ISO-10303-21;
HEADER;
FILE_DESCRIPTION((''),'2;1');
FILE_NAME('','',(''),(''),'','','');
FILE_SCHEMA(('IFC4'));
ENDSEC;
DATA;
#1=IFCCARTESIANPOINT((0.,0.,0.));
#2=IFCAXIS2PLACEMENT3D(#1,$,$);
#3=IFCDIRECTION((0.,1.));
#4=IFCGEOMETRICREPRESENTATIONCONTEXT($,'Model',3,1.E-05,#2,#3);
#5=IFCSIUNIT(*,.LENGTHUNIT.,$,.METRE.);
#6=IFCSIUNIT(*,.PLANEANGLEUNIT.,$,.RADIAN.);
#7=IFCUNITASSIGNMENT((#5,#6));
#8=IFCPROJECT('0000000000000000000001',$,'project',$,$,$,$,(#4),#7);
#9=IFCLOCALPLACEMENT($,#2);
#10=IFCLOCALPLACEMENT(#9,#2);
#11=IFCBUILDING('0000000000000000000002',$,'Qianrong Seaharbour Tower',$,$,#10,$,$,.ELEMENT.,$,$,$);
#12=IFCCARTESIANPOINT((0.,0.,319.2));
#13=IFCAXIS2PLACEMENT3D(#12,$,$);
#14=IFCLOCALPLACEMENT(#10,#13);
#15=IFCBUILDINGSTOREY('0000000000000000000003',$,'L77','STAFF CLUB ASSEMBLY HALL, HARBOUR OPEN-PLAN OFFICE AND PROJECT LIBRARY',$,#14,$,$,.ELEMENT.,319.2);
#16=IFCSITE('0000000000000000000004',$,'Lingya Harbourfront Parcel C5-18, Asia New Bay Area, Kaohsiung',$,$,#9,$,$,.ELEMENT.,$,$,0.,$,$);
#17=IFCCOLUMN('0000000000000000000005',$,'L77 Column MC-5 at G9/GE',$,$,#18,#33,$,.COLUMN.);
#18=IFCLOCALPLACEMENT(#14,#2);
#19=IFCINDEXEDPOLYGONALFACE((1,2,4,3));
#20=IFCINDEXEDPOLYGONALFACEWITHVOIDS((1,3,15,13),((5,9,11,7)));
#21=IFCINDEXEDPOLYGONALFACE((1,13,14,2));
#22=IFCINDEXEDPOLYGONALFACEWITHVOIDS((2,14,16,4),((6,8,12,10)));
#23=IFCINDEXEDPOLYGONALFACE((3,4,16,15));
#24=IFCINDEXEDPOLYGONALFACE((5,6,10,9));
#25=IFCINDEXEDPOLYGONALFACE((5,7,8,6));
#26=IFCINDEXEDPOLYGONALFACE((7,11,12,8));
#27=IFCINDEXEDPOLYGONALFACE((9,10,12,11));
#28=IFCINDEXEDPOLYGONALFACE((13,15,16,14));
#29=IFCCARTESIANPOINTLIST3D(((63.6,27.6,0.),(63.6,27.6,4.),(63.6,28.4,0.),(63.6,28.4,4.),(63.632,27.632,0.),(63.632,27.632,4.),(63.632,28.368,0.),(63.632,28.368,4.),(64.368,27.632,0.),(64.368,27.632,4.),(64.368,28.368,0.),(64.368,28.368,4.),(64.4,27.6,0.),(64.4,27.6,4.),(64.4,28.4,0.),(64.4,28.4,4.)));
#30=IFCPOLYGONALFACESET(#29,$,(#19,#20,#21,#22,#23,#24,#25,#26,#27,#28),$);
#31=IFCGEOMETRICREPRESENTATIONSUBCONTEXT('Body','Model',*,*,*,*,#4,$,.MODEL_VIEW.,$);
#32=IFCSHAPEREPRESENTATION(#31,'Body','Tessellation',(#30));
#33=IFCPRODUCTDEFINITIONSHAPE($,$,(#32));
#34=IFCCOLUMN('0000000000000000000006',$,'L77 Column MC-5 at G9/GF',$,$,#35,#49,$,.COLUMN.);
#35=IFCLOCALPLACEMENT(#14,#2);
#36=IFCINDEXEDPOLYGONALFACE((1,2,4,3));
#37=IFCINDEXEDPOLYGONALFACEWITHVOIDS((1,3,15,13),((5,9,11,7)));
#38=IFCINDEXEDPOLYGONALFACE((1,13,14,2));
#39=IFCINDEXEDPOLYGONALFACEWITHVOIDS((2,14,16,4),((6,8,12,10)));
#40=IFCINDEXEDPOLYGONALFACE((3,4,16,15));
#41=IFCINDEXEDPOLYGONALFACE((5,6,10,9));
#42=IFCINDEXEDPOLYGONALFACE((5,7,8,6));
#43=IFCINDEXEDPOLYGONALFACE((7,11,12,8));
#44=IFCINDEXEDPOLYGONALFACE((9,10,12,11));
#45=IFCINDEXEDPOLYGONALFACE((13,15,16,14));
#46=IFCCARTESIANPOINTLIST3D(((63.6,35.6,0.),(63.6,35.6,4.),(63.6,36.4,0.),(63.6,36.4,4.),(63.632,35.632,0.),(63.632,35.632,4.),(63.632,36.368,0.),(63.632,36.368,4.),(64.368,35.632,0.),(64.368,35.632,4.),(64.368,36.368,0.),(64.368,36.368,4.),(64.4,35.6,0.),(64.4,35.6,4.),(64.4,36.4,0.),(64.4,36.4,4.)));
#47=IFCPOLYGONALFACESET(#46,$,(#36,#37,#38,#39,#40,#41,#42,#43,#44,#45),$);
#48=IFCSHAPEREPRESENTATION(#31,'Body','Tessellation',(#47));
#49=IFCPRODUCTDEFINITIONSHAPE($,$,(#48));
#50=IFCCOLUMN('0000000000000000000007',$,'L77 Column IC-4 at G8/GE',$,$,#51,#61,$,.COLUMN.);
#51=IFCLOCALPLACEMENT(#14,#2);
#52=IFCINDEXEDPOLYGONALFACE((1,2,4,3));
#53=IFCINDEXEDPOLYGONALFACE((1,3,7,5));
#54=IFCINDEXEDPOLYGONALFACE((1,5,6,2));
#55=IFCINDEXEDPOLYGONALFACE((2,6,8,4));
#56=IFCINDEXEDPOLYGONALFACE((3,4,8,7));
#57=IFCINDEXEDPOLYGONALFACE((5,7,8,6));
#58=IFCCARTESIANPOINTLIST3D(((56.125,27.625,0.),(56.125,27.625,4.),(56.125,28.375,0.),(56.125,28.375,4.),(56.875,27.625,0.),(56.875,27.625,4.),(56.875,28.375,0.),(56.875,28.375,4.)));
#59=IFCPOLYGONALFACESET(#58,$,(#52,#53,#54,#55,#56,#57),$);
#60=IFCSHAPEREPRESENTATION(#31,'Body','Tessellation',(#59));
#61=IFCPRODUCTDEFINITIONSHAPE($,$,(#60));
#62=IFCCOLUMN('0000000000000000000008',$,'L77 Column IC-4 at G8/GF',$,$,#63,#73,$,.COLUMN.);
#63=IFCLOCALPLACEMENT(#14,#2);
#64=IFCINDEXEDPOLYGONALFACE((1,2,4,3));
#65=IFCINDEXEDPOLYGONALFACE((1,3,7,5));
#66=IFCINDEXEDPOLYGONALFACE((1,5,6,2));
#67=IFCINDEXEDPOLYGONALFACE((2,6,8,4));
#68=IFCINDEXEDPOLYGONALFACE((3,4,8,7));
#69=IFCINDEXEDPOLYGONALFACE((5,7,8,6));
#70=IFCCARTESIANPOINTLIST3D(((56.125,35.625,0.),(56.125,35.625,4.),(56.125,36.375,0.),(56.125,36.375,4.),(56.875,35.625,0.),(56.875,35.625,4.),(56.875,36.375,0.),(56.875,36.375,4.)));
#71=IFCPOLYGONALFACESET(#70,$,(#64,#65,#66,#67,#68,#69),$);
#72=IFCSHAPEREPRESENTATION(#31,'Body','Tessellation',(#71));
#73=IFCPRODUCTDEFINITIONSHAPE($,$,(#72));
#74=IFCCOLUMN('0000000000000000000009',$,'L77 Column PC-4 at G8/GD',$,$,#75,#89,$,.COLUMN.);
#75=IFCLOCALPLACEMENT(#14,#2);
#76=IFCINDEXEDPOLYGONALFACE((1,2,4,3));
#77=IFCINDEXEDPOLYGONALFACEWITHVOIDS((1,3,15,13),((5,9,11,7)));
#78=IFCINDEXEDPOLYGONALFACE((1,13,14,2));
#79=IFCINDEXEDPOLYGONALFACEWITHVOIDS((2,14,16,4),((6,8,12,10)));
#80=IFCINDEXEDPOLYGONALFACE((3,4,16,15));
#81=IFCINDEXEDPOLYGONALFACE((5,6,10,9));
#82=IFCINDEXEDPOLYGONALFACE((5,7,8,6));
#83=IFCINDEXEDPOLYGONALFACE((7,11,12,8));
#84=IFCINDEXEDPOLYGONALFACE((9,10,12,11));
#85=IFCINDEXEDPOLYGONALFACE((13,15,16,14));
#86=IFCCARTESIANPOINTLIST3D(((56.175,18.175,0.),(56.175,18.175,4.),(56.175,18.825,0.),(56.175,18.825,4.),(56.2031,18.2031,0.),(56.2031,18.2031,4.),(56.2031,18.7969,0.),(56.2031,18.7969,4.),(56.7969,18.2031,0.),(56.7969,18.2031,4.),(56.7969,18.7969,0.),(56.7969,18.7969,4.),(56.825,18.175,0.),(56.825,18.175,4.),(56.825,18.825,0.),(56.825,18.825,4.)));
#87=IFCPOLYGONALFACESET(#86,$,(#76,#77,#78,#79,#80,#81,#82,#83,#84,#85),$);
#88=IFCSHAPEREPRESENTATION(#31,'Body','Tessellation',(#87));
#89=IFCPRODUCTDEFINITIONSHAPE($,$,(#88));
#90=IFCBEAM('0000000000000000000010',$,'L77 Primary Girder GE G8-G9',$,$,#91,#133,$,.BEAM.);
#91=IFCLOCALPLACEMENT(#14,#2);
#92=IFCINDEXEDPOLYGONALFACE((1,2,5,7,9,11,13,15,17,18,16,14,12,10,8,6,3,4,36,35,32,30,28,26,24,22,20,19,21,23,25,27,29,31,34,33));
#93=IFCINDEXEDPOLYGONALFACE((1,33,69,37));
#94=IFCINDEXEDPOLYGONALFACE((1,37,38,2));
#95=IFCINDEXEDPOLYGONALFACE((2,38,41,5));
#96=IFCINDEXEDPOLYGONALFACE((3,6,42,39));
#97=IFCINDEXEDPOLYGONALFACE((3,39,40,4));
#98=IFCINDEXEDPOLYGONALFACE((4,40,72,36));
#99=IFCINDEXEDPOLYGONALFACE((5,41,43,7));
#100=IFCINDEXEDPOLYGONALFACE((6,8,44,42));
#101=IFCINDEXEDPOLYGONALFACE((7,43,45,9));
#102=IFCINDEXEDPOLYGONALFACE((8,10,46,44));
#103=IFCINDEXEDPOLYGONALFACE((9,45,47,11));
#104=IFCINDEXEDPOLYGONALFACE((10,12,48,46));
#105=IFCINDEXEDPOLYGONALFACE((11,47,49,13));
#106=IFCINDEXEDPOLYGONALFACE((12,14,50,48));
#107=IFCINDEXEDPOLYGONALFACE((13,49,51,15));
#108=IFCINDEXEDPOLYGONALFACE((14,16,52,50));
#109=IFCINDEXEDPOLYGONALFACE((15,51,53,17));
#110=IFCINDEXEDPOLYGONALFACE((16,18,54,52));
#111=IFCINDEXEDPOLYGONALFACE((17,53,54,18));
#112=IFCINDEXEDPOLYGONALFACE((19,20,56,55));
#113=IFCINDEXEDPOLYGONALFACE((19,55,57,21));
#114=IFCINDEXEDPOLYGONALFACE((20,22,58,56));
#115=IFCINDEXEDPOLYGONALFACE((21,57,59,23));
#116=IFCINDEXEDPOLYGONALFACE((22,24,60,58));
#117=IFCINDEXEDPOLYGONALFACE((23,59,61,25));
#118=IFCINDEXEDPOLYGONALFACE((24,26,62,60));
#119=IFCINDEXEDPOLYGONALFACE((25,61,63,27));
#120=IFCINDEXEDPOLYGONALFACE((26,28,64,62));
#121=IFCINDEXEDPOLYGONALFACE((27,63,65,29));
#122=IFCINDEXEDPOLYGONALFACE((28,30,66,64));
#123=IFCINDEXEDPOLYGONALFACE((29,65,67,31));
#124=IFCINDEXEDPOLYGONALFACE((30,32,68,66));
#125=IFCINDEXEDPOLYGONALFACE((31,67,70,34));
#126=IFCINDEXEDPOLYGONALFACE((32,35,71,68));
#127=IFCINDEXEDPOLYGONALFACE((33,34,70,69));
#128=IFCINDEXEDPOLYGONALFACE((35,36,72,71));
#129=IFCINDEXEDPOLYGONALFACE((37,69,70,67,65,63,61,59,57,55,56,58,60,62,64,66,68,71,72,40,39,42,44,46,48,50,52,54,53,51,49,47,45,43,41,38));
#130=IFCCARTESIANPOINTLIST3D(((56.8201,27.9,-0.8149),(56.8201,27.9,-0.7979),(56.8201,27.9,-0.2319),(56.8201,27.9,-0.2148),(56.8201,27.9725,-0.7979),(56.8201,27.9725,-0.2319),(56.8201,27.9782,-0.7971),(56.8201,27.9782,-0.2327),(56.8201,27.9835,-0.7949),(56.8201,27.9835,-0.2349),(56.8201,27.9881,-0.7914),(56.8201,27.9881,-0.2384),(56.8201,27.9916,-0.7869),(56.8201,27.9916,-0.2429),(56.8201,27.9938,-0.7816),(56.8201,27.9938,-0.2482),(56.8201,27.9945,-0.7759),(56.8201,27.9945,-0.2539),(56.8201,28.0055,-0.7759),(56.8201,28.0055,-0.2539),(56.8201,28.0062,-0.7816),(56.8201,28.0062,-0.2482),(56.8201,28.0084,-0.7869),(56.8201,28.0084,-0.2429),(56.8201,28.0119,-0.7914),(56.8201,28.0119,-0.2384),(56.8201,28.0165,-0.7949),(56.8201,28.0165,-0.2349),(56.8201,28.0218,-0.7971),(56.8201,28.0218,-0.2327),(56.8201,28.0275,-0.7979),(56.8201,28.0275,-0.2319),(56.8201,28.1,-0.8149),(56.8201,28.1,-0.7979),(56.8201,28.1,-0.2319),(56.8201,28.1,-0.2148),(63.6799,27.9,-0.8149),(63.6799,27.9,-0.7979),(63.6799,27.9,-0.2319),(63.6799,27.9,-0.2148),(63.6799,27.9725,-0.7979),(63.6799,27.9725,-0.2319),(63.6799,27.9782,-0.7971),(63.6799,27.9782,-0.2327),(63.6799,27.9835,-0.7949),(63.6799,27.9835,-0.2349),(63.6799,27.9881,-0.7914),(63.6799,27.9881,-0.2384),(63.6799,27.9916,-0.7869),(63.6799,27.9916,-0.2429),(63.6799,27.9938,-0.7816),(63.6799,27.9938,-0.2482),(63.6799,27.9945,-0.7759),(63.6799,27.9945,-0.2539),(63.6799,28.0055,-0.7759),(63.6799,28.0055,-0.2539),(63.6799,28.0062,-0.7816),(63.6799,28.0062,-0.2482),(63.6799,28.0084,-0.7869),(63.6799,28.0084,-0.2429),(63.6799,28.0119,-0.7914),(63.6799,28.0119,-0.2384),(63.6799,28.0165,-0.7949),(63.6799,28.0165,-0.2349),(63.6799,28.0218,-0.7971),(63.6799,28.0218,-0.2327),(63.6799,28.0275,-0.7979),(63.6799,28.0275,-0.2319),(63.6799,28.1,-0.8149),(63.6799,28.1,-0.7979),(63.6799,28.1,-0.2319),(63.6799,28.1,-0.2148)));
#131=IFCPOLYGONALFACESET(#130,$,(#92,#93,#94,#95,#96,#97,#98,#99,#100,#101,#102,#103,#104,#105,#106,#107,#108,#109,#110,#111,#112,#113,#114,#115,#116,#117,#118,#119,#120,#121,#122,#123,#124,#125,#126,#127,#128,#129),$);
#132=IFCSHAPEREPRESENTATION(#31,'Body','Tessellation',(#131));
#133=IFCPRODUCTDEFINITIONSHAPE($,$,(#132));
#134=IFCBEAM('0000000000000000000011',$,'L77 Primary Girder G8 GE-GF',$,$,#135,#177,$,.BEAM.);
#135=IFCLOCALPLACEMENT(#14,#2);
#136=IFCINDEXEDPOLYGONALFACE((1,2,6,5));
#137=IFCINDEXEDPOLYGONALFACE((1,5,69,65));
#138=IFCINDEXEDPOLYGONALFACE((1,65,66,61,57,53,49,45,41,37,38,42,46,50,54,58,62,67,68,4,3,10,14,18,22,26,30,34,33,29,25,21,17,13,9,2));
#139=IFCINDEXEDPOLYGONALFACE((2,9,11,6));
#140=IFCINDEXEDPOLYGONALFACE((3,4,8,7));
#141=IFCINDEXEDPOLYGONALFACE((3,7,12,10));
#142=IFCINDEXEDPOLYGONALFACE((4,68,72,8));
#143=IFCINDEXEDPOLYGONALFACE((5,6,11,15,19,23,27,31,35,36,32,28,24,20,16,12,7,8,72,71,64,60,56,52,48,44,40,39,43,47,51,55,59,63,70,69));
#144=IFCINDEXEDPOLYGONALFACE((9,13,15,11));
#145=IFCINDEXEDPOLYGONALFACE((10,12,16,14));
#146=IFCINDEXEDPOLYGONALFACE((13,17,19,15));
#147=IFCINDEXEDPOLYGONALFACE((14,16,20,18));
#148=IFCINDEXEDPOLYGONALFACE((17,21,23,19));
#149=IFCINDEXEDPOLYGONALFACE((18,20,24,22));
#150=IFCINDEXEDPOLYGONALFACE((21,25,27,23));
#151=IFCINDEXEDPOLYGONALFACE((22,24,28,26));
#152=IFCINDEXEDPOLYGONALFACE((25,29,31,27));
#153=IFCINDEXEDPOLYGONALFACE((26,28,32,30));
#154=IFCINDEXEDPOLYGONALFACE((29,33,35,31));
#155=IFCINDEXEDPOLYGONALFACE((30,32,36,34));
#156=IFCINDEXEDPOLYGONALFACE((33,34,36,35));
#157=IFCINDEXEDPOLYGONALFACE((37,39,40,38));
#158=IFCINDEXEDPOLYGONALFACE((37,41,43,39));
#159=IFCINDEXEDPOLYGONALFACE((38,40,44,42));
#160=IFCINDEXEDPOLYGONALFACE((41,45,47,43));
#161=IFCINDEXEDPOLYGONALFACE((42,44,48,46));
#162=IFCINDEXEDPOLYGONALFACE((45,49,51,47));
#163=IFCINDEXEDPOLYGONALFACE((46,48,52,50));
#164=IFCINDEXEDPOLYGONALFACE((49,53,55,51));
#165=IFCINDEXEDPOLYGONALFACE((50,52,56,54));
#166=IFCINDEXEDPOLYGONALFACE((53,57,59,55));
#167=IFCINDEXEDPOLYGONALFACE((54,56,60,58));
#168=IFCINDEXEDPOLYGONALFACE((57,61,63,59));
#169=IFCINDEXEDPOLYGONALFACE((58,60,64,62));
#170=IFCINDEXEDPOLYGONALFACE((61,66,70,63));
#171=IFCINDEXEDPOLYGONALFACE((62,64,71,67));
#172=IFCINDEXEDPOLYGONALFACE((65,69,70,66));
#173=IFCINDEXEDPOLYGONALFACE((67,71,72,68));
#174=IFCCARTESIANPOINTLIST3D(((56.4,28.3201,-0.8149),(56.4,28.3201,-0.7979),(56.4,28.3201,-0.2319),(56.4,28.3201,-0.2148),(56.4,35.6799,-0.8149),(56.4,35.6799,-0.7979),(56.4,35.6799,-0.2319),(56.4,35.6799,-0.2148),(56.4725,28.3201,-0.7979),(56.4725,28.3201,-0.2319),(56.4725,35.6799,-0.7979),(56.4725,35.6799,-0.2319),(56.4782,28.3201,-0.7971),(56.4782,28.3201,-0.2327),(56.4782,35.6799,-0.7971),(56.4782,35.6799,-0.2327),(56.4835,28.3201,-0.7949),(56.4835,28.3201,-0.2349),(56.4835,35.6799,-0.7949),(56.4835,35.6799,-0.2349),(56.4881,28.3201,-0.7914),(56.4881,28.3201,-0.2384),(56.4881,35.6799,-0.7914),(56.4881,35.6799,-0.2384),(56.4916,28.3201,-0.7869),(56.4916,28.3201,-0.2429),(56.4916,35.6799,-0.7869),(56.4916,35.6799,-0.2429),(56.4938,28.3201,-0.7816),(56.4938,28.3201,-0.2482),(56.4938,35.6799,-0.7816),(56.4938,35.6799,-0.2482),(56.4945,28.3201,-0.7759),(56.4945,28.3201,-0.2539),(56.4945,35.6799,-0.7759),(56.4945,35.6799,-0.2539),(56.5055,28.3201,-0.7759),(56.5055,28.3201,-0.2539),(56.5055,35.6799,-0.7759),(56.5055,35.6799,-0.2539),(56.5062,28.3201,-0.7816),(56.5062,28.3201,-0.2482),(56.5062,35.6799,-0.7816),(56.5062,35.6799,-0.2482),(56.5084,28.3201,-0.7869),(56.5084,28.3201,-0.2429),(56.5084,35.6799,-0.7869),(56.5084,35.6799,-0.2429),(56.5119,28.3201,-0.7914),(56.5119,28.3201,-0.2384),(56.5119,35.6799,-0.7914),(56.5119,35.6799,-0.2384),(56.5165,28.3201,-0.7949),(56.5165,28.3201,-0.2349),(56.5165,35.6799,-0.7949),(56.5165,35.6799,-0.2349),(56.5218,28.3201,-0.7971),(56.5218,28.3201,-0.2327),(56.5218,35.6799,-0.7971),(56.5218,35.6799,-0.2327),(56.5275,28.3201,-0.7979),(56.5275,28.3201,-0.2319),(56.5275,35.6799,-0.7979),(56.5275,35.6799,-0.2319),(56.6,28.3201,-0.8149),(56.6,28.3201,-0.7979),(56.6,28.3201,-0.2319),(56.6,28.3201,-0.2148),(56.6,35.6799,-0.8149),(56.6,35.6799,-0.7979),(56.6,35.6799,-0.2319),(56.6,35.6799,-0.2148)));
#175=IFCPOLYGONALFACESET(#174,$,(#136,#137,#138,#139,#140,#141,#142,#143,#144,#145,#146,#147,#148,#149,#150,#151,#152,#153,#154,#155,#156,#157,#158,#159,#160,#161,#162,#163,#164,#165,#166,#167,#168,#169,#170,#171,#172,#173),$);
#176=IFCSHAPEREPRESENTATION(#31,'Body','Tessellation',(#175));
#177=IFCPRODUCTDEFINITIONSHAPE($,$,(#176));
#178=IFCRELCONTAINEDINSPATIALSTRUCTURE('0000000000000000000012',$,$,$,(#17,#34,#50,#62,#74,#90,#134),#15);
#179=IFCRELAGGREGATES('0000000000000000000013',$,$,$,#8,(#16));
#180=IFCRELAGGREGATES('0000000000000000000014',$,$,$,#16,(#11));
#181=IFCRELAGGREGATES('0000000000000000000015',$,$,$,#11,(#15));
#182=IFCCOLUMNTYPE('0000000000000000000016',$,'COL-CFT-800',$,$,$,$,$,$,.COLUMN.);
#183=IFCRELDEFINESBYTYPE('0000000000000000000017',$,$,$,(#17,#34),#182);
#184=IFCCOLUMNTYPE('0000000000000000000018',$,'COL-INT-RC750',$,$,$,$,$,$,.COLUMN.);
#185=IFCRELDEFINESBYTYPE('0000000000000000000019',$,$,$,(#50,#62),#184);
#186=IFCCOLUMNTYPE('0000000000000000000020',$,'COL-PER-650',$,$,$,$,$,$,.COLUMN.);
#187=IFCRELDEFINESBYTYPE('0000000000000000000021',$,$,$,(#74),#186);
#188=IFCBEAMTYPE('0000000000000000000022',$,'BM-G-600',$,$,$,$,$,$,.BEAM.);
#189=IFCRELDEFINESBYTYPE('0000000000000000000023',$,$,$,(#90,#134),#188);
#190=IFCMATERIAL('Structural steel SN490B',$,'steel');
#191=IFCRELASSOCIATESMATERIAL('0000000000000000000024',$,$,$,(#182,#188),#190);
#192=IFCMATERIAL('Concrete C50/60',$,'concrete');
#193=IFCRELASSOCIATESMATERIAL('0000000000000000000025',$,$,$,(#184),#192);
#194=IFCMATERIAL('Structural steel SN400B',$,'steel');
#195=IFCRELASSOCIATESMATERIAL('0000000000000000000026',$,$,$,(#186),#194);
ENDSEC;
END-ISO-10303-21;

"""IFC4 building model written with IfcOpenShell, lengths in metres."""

from ifc_helpers import new_model, si_unit, direction, frame, origin, origin_2d, place, context, subcontext, project, spatial, rectangle, hollow_rectangle, i_section, extrude, material, material_profile, profile_set, type_object, element, save


model = new_model("IFC4")

# Units and contexts
model_context = context("Model", 3, precision=1e-05, world=origin(), true_north=direction((0.0, 1.0)))
body_context = subcontext(model_context, "Body", "Model", "MODEL_VIEW")
ifc_project = project(units=[si_unit("LENGTHUNIT", "METRE"), si_unit("PLANEANGLEUNIT", "RADIAN")], contexts=[model_context])

# Site, building, storey
site_placement = place(None, origin())
site = spatial("IfcSite", under=ifc_project, at=site_placement, Name="Lingya Harbourfront Parcel C5-18, Asia New Bay Area, Kaohsiung", CompositionType="ELEMENT", RefElevation=0.0)
building_placement = place(site_placement, origin())
building = spatial("IfcBuilding", under=site, at=building_placement, Name="Qianrong Seaharbour Tower", CompositionType="ELEMENT")
storey_placement = place(building_placement, frame((0.0, 0.0, 319.2)))
storey = spatial("IfcBuildingStorey", under=building, at=storey_placement, Name="L77", Description="STAFF CLUB ASSEMBLY HALL, HARBOUR OPEN-PLAN OFFICE AND PROJECT LIBRARY", CompositionType="ELEMENT", Elevation=319.2)

# Columns
ifc_material_1 = material(Name="Structural steel SN490B", Category="steel")
ifc_material_profile_1 = material_profile(ifc_material_1, hollow_rectangle(XDim=0.8, YDim=0.8, WallThickness=0.032, at=origin_2d()), Name="BOX800x800x32")
ifc_profile_set_1 = profile_set([ifc_material_profile_1], Name="Structural steel SN490B")
column_type_1 = type_object("IfcColumnType", Name="COL-CFT-800", PredefinedType="COLUMN", material=ifc_profile_set_1)
for number, where, z_axis, x_axis, name in (
    (1, (64.0, 28.0, 0.0), (0.0, 0.0, 1.0), (1.0, 0.0, 0.0), "L77 Column MC-5 at G9/GE"),
    (2, (64.0, 36.0, 0.0), (0.0, 0.0, 1.0), (1.0, 0.0, 0.0), "L77 Column MC-5 at G9/GF"),
):
    element("IfcColumn", number, at=place(storey_placement, frame(where, z_axis=z_axis, x_axis=x_axis)), inside=storey, type_object=column_type_1, Name=name, PredefinedType="COLUMN", context=body_context, shape_type="SweptSolid", body=[
        extrude(hollow_rectangle(XDim=0.8, YDim=0.8, WallThickness=0.032, at=origin_2d()), origin(), (0.0, 0.0, 1.0), 4.0),
    ])
ifc_material_2 = material(Name="Concrete C50/60", Category="concrete")
ifc_material_profile_2 = material_profile(ifc_material_2, rectangle(XDim=0.75, YDim=0.75, at=origin_2d()), Name="RC750x750")
ifc_profile_set_2 = profile_set([ifc_material_profile_2], Name="Concrete C50/60")
column_type_2 = type_object("IfcColumnType", Name="COL-INT-RC750", PredefinedType="COLUMN", material=ifc_profile_set_2)
for number, where, z_axis, x_axis, name in (
    (3, (56.5, 28.0, 0.0), (0.0, 0.0, 1.0), (1.0, 0.0, 0.0), "L77 Column IC-4 at G8/GE"),
    (4, (56.5, 36.0, 0.0), (0.0, 0.0, 1.0), (1.0, 0.0, 0.0), "L77 Column IC-4 at G8/GF"),
):
    element("IfcColumn", number, at=place(storey_placement, frame(where, z_axis=z_axis, x_axis=x_axis)), inside=storey, type_object=column_type_2, Name=name, PredefinedType="COLUMN", context=body_context, shape_type="SweptSolid", body=[
        extrude(rectangle(XDim=0.75, YDim=0.75, at=origin_2d()), origin(), (0.0, 0.0, 1.0), 4.0),
    ])
ifc_material_3 = material(Name="Structural steel SN400B", Category="steel")
ifc_material_profile_3 = material_profile(ifc_material_3, hollow_rectangle(XDim=0.6499, YDim=0.6499, WallThickness=0.0281, at=origin_2d()), Name="BOX650x650x28")
ifc_profile_set_3 = profile_set([ifc_material_profile_3], Name="Structural steel SN400B")
column_type_3 = type_object("IfcColumnType", Name="COL-PER-650", PredefinedType="COLUMN", material=ifc_profile_set_3)
column_placement = place(storey_placement, frame((56.5, 18.5, 0.0), z_axis=(0.0, 0.0, 1.0), x_axis=(1.0, 0.0, 0.0)))
element("IfcColumn", 5, at=column_placement, inside=storey, type_object=column_type_3, Name="L77 Column PC-4 at G8/GD", PredefinedType="COLUMN", context=body_context, shape_type="SweptSolid", body=[
    extrude(hollow_rectangle(XDim=0.6499, YDim=0.6499, WallThickness=0.0281, at=origin_2d()), origin(), (0.0, 0.0, 1.0), 4.0),
])

# Beams
ifc_material_profile_4 = material_profile(ifc_material_1, i_section(OverallWidth=0.2, OverallDepth=0.6001, WebThickness=0.011, FlangeThickness=0.0171, FilletRadius=0.022, at=origin_2d()), Name="H600x200x11x17")
ifc_profile_set_4 = profile_set([ifc_material_profile_4], Name="Structural steel SN490B")
beam_type_1 = type_object("IfcBeamType", Name="BM-G-600", PredefinedType="BEAM", material=ifc_profile_set_4)
beam_1_placement = place(storey_placement, frame((56.8201, 28.0, -0.5149), z_axis=(1.0, 0.0, 0.0), x_axis=(0.0, 1.0, 0.0)))
element("IfcBeam", 6, at=beam_1_placement, inside=storey, type_object=beam_type_1, Name="L77 Primary Girder GE G8-G9", PredefinedType="BEAM", context=body_context, shape_type="SweptSolid", body=[
    extrude(i_section(OverallWidth=0.2, OverallDepth=0.6001, WebThickness=0.011, FlangeThickness=0.0171, FilletRadius=0.022, at=origin_2d()), origin(), (0.0, 0.0, 1.0), 6.8599),
])
beam_2_placement = place(storey_placement, frame((56.5, 28.3201, -0.5149), z_axis=(0.0, 1.0, 0.0), x_axis=(-1.0, 0.0, 0.0)))
element("IfcBeam", 7, at=beam_2_placement, inside=storey, type_object=beam_type_1, Name="L77 Primary Girder G8 GE-GF", PredefinedType="BEAM", context=body_context, shape_type="SweptSolid", body=[
    extrude(i_section(OverallWidth=0.2, OverallDepth=0.6001, WebThickness=0.011, FlangeThickness=0.0171, FilletRadius=0.022, at=origin_2d()), origin(), (0.0, 0.0, 1.0), 7.3599),
])

save(model, "model.ifc")
